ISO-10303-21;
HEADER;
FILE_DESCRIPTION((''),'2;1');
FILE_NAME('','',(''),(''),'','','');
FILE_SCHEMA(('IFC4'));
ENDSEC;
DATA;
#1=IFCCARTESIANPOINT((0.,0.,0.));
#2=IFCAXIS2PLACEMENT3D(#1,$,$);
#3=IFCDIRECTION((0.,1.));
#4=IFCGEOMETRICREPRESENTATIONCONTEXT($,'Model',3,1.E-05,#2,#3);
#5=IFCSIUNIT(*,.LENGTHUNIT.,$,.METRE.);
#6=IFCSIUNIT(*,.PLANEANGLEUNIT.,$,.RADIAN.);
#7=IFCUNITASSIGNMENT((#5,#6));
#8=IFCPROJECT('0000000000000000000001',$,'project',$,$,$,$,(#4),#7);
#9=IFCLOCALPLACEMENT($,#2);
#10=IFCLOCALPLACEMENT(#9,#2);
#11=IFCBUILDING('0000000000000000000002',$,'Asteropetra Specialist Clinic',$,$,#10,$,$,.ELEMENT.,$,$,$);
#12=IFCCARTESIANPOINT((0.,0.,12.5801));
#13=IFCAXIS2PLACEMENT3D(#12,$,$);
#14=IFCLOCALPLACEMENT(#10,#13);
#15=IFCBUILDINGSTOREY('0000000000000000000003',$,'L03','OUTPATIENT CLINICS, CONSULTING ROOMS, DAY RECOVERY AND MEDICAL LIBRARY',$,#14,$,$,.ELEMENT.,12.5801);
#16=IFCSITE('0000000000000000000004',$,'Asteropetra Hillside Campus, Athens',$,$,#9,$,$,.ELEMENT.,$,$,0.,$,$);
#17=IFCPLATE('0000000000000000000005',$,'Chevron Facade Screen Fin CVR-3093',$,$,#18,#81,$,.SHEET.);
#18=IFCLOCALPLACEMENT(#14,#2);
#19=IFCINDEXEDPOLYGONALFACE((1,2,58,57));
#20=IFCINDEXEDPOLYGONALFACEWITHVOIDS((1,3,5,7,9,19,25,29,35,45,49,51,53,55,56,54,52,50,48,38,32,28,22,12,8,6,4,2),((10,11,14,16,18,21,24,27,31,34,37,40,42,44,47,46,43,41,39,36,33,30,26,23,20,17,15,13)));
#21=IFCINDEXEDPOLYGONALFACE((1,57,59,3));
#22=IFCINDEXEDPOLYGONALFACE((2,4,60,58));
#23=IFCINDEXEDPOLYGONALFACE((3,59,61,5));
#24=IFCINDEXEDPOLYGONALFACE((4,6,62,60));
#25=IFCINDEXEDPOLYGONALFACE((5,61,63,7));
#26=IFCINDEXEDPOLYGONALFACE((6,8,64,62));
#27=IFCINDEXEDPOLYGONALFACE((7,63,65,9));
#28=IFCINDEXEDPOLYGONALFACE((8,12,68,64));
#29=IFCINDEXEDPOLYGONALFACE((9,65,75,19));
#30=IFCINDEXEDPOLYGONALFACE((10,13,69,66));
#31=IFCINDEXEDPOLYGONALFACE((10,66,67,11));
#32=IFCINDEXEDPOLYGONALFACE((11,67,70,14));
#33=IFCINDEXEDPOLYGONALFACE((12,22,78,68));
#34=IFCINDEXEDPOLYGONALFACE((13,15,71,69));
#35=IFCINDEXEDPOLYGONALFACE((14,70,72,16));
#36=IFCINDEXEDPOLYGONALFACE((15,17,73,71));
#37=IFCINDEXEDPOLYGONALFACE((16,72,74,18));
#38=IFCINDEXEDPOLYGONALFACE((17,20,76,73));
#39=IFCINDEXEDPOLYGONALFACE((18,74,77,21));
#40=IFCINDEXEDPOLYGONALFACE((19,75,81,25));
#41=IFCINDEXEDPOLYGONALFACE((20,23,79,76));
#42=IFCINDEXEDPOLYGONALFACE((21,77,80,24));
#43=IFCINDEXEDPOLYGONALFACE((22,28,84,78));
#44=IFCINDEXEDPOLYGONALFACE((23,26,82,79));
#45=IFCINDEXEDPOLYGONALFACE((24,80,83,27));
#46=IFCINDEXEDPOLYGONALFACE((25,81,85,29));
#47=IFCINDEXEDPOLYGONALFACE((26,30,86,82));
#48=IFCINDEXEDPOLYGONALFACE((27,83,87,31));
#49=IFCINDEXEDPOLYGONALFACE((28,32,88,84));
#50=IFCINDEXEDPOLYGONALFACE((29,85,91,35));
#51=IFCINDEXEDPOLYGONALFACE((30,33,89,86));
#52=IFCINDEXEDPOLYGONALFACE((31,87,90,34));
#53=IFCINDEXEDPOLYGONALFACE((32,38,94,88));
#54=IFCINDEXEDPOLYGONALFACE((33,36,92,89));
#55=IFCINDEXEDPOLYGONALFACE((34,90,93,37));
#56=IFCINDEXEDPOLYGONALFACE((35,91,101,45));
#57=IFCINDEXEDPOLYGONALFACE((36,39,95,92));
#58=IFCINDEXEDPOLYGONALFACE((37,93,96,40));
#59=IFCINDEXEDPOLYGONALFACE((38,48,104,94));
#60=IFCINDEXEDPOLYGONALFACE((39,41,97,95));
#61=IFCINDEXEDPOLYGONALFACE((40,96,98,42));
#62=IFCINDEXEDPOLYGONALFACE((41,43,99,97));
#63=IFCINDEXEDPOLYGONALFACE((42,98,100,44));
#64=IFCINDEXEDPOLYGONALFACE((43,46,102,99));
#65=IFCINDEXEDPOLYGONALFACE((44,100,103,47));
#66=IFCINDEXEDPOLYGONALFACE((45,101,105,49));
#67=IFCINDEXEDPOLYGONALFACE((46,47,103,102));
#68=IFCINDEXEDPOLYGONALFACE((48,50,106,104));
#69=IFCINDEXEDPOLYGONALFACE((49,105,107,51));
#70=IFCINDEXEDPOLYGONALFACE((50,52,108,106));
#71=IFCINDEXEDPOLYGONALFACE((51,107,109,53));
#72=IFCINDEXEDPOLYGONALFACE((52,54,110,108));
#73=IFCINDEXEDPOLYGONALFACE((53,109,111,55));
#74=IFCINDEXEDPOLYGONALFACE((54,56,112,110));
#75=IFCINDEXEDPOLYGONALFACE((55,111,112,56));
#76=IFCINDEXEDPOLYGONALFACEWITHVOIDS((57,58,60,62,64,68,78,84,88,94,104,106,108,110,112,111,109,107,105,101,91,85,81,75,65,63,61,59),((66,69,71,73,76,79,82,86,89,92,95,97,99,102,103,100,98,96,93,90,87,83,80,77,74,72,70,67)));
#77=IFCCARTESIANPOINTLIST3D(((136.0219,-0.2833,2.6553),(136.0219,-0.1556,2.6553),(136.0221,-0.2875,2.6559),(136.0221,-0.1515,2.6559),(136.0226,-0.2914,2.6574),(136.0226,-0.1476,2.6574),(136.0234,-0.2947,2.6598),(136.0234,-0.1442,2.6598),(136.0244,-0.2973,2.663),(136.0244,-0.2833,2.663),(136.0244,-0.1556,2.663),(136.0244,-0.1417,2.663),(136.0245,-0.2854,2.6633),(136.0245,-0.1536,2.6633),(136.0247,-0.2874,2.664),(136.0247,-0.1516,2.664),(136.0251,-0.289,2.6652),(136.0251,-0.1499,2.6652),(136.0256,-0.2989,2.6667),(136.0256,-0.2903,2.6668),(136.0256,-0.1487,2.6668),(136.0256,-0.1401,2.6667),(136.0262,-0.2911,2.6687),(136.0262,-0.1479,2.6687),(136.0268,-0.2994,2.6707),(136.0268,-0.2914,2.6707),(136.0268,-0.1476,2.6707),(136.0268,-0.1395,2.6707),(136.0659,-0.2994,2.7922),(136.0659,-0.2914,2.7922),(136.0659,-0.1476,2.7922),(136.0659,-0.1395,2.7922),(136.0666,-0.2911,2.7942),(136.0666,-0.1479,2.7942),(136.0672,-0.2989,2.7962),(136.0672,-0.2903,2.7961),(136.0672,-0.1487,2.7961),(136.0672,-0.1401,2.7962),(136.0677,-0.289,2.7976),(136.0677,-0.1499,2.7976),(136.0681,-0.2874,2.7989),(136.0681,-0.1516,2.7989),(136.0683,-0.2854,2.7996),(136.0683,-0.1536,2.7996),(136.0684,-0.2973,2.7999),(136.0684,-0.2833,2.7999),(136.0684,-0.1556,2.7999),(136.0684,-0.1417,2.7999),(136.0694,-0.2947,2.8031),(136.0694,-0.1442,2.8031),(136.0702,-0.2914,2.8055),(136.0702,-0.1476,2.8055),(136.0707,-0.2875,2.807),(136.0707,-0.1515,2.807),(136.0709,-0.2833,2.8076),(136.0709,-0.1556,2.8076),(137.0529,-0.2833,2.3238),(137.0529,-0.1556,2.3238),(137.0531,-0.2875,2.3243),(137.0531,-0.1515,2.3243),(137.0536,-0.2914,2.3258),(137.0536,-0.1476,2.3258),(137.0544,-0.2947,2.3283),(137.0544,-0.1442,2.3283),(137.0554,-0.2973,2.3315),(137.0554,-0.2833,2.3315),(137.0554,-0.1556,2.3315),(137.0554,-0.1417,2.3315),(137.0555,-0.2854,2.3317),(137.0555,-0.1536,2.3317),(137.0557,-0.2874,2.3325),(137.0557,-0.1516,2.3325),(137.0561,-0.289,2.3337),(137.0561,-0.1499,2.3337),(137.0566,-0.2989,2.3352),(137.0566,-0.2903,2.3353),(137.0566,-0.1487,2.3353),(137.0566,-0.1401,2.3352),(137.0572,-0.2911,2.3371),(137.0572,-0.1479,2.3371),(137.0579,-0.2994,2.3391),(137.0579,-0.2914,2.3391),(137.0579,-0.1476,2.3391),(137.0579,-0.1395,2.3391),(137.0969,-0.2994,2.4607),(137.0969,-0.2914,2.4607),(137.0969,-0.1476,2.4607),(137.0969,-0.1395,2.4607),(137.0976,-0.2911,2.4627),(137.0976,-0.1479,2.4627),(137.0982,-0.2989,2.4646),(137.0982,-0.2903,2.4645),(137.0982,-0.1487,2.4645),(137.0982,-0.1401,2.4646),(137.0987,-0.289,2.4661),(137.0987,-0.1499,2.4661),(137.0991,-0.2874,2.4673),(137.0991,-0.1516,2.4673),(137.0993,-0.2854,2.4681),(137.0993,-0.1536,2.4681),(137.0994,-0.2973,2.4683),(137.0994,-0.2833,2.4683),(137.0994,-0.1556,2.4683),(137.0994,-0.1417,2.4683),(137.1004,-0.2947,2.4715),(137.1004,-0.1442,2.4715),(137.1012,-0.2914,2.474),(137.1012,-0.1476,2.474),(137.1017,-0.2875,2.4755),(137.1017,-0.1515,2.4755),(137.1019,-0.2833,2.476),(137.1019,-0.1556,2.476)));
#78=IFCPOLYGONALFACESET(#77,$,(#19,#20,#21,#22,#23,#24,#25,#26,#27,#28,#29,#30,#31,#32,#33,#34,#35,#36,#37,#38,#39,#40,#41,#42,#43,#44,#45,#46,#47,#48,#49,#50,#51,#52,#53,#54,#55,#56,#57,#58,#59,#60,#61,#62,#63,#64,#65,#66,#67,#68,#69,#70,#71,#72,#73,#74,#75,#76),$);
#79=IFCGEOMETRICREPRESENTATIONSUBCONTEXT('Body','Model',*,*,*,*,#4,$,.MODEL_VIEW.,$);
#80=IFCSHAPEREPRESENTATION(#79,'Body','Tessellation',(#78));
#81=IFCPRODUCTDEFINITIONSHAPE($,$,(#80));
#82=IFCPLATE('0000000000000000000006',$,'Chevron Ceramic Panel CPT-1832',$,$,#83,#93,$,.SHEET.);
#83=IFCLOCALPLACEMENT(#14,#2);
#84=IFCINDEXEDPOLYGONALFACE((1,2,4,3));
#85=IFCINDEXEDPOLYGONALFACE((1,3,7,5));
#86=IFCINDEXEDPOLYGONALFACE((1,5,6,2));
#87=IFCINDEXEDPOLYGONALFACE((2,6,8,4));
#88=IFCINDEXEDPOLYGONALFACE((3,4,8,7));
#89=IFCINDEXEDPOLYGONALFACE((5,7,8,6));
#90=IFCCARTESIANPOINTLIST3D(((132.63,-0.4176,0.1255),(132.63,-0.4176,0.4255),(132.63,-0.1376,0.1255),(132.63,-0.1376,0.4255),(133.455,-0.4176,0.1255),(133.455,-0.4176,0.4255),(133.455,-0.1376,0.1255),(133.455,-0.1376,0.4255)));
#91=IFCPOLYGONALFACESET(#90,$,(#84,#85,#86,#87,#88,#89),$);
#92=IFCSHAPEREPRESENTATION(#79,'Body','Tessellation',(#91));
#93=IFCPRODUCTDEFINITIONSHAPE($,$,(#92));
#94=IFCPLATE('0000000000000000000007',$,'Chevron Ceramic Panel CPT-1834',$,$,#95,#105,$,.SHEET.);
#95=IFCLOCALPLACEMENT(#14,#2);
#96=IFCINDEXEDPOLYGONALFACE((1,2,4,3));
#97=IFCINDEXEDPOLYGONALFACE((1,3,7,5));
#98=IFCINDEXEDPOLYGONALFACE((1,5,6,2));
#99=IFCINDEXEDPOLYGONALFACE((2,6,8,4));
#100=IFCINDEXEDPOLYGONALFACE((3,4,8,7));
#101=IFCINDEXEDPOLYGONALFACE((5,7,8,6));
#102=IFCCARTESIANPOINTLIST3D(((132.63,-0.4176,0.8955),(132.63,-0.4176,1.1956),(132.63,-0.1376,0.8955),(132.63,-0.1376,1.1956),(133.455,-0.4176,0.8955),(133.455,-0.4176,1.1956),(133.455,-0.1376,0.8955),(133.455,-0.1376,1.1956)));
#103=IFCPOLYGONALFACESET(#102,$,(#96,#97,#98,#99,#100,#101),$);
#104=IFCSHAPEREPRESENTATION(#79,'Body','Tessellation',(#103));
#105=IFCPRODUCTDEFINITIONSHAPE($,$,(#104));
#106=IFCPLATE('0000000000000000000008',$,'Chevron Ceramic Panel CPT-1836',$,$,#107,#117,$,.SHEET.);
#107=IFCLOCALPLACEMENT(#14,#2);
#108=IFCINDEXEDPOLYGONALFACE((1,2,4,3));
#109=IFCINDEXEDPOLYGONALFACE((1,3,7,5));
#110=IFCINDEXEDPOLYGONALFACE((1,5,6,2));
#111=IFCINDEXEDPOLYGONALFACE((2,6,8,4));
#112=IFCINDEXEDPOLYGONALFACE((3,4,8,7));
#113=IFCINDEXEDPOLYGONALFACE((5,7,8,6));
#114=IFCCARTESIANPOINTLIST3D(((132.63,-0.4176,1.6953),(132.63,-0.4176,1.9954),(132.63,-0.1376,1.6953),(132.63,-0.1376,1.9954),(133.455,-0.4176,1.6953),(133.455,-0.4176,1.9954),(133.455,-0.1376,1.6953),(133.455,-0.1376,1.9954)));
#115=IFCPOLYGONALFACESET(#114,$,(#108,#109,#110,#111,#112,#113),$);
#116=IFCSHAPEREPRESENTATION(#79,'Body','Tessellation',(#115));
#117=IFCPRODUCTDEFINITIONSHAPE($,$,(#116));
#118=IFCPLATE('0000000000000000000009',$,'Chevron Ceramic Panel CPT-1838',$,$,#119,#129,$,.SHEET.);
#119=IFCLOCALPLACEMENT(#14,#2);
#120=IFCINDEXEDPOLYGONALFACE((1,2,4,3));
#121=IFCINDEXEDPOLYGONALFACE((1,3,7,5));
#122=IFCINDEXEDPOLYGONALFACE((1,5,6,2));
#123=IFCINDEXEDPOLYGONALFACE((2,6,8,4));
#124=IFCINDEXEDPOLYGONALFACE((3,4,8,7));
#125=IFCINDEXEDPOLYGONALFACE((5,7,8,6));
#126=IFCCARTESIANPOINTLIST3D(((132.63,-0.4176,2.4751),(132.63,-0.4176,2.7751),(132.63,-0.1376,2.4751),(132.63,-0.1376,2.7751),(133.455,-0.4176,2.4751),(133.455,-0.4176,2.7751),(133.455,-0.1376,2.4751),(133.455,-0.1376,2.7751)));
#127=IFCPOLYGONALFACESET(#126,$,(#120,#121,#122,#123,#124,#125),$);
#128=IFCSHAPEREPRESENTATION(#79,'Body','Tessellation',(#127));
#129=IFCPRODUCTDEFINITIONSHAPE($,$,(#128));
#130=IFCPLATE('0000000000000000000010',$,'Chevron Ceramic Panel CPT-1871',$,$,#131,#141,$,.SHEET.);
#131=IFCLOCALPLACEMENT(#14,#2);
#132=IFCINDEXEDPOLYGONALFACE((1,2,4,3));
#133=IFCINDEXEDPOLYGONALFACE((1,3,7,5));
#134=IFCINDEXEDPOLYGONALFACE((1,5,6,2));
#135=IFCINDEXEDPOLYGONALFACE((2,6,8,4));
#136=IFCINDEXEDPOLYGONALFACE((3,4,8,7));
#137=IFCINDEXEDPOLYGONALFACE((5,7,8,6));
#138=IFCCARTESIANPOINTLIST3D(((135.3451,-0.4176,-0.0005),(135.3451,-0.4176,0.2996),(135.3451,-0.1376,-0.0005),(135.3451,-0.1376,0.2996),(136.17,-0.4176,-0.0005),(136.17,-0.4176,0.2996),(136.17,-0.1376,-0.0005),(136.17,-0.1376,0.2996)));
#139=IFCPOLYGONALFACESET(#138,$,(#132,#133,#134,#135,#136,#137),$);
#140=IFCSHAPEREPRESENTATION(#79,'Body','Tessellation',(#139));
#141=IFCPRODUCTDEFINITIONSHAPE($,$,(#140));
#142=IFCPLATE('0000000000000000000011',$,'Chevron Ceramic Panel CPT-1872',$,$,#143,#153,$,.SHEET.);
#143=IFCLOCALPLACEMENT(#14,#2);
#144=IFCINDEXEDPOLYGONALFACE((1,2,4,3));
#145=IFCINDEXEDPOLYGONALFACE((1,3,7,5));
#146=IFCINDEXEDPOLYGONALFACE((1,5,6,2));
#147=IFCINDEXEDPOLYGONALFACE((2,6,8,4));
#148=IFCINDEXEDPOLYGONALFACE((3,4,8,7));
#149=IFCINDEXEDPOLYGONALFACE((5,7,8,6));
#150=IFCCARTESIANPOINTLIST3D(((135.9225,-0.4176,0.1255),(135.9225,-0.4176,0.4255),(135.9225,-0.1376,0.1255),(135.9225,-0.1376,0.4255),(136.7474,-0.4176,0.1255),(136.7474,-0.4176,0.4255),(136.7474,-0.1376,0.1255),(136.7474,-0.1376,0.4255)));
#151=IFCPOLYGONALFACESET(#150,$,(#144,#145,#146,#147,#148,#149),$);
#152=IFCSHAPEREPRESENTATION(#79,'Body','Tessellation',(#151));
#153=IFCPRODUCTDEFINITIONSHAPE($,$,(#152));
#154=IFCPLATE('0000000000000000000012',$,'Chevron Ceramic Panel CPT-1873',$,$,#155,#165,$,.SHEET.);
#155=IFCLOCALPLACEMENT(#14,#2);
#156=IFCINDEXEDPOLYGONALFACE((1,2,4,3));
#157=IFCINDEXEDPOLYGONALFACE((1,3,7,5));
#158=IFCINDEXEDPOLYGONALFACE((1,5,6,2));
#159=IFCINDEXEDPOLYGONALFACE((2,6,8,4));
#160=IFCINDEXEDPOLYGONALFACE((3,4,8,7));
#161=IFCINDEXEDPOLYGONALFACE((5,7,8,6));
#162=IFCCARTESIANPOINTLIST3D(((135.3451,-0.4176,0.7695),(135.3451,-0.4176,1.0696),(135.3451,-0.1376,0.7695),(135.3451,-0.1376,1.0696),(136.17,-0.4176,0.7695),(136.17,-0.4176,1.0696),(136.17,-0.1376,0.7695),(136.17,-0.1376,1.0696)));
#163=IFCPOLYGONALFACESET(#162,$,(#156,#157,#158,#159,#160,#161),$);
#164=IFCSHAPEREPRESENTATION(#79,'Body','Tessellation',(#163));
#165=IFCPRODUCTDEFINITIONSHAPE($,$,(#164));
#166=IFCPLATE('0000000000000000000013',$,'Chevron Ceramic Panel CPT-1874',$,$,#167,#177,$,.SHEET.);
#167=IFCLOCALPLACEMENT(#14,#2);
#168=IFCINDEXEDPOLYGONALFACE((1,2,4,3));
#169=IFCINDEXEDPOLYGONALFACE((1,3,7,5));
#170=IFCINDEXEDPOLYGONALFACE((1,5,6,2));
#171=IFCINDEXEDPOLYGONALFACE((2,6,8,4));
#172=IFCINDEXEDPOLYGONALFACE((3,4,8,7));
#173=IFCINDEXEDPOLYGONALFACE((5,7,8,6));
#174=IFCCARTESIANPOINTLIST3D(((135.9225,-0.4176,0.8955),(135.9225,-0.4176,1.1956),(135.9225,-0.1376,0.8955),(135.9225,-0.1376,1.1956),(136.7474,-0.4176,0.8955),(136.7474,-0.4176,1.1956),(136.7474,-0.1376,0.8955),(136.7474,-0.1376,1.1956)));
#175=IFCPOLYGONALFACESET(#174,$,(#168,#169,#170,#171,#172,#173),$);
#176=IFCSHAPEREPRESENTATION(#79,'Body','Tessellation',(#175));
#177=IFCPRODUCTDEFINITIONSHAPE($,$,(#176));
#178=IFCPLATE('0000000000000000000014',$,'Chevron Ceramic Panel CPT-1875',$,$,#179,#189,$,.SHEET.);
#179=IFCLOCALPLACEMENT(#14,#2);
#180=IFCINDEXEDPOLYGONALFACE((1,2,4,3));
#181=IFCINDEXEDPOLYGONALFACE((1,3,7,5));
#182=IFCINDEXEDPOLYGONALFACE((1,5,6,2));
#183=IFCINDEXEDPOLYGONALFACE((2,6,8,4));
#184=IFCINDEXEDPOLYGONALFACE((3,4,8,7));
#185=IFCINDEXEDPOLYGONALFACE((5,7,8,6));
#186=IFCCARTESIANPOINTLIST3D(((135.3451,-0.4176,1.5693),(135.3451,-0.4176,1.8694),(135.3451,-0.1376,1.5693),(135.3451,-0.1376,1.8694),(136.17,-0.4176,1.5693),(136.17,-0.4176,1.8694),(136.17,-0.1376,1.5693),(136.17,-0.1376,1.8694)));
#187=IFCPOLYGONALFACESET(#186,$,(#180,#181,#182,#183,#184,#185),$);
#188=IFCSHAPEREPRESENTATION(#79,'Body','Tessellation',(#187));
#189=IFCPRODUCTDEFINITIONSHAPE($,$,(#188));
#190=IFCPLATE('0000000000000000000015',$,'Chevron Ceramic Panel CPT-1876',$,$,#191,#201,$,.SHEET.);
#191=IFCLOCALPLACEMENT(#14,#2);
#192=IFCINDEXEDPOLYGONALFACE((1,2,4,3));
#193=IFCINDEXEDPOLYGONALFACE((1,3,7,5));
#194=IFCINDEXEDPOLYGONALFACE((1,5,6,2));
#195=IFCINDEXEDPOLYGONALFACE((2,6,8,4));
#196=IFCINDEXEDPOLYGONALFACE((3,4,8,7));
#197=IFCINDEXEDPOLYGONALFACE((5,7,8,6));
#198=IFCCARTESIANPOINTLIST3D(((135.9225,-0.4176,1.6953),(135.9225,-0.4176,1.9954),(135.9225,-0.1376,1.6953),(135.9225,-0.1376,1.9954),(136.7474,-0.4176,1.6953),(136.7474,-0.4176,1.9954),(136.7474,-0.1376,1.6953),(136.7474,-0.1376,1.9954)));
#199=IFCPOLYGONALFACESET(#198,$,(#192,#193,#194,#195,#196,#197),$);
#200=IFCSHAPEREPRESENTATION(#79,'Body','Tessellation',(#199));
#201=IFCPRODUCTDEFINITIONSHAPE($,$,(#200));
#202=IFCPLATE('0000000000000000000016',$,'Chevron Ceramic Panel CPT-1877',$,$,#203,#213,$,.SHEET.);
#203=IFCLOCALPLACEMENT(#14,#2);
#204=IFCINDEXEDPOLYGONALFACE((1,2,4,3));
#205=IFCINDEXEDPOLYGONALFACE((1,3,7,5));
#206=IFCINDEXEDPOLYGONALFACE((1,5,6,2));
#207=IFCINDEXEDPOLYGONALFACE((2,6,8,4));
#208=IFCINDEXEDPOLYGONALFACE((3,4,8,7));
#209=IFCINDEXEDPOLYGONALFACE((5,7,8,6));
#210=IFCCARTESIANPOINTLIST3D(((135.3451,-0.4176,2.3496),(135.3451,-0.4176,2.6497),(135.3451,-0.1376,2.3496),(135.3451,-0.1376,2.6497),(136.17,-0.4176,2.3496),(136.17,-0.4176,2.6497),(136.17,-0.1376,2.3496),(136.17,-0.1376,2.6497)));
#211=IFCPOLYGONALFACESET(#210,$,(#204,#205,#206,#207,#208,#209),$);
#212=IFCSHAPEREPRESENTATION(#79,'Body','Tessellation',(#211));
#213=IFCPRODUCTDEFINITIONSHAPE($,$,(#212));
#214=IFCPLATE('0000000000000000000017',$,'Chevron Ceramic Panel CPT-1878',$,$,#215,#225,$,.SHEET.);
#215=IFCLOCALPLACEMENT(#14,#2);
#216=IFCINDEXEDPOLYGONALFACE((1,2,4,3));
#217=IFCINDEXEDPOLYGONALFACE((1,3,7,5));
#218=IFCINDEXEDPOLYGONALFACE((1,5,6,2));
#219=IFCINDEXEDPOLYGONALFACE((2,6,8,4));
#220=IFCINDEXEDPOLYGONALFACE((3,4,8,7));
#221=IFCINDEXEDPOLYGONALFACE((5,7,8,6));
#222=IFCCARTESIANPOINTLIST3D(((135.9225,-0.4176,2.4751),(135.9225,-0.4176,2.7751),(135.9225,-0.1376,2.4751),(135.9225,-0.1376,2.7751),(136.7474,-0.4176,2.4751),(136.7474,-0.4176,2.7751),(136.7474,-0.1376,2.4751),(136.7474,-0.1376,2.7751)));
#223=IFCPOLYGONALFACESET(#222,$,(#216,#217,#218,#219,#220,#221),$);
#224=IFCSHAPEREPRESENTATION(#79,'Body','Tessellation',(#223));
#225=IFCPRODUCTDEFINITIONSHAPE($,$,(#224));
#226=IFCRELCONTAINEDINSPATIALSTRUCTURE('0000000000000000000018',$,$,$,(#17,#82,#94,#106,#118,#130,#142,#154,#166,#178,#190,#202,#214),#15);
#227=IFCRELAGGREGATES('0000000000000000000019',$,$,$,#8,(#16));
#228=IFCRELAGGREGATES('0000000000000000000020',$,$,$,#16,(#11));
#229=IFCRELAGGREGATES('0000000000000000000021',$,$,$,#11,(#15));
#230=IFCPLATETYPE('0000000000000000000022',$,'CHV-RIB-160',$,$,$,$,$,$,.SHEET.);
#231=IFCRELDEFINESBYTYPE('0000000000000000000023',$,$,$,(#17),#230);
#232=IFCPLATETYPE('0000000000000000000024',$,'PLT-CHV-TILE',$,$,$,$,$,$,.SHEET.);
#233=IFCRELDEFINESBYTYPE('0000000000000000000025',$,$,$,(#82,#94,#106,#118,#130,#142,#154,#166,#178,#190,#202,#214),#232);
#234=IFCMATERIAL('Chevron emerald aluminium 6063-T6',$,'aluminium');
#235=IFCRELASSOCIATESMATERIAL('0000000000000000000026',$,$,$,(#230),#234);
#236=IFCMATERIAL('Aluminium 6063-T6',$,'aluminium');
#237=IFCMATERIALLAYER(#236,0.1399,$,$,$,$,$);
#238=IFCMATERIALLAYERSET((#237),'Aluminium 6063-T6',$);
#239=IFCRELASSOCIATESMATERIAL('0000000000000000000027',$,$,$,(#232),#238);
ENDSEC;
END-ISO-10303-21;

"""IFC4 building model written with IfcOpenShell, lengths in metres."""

from ifc_helpers import new_model, si_unit, direction, frame, origin, origin_2d, place, context, subcontext, project, spatial, rectangle, hollow_rectangle, extrude, material, layer, layer_set, material_profile, profile_set, type_object, element, save


model = new_model("IFC4")

# Units and contexts
model_context = context("Model", 3, precision=1e-05, world=origin(), true_north=direction((0.0, 1.0)))
body_context = subcontext(model_context, "Body", "Model", "MODEL_VIEW")
ifc_project = project(units=[si_unit("LENGTHUNIT", "METRE"), si_unit("PLANEANGLEUNIT", "RADIAN")], contexts=[model_context])

# Site, building, storey
site_placement = place(None, origin())
site = spatial("IfcSite", under=ifc_project, at=site_placement, Name="Asteropetra Hillside Campus, Athens", CompositionType="ELEMENT", RefElevation=0.0)
building_placement = place(site_placement, origin())
building = spatial("IfcBuilding", under=site, at=building_placement, Name="Asteropetra Specialist Clinic", CompositionType="ELEMENT")
storey_placement = place(building_placement, frame((0.0, 0.0, 12.5801)))
storey = spatial("IfcBuildingStorey", under=building, at=storey_placement, Name="L03", Description="OUTPATIENT CLINICS, CONSULTING ROOMS, DAY RECOVERY AND MEDICAL LIBRARY", CompositionType="ELEMENT", Elevation=12.5801)

# Plates
ifc_material_1 = material(Name="Chevron emerald aluminium 6063-T6", Category="aluminium")
ifc_material_profile_1 = material_profile(ifc_material_1, hollow_rectangle(XDim=0.1599, YDim=0.1599, WallThickness=0.0081, InnerFilletRadius=0.0081, OuterFilletRadius=0.0161, at=origin_2d()), Name="SHS 160x160x8.0")
ifc_profile_set_1 = profile_set([ifc_material_profile_1], Name="Chevron emerald aluminium 6063-T6")
plate_type_1 = type_object("IfcPlateType", Name="CHV-RIB-160", PredefinedType="SHEET", material=ifc_profile_set_1)
plate_1_placement = place(storey_placement, frame((136.0464, -0.2195, 2.7314), z_axis=(0.951989, 0.0, -0.306133), x_axis=(0.0, 1.0, 0.0)))
element("IfcPlate", 1, at=plate_1_placement, inside=storey, type_object=plate_type_1, Name="Chevron Facade Screen Fin CVR-3093", PredefinedType="SHEET", context=body_context, shape_type="SweptSolid", body=[
    extrude(hollow_rectangle(XDim=0.1599, YDim=0.1599, WallThickness=0.0081, InnerFilletRadius=0.0081, OuterFilletRadius=0.0161, at=origin_2d()), origin(), (0.0, 0.0, 1.0), 1.083),
])
ifc_material_2 = material(Name="Aluminium 6063-T6", Category="aluminium")
ifc_layer_1 = layer(ifc_material_2, 0.1399)
ifc_layer_set_1 = layer_set([ifc_layer_1], Name="Aluminium 6063-T6")
plate_type_2 = type_object("IfcPlateType", Name="PLT-CHV-TILE", PredefinedType="SHEET", material=ifc_layer_set_1)
for number, where, z_axis, x_axis, name in (
    (2, (133.0425, -0.2776, 0.1255), (0.0, 0.0, 1.0), (1.0, 0.0, 0.0), "Chevron Ceramic Panel CPT-1832"),
    (3, (133.0425, -0.2776, 0.8955), (0.0, 0.0, 1.0), (1.0, 0.0, 0.0), "Chevron Ceramic Panel CPT-1834"),
    (4, (133.0425, -0.2776, 1.6953), (0.0, 0.0, 1.0), (1.0, 0.0, 0.0), "Chevron Ceramic Panel CPT-1836"),
    (5, (133.0425, -0.2776, 2.4751), (0.0, 0.0, 1.0), (1.0, 0.0, 0.0), "Chevron Ceramic Panel CPT-1838"),
    (6, (135.7576, -0.2776, -0.0005), (0.0, 0.0, 1.0), (1.0, 0.0, 0.0), "Chevron Ceramic Panel CPT-1871"),
    (7, (136.335, -0.2776, 0.1255), (0.0, 0.0, 1.0), (1.0, 0.0, 0.0), "Chevron Ceramic Panel CPT-1872"),
    (8, (135.7576, -0.2776, 0.7695), (0.0, 0.0, 1.0), (1.0, 0.0, 0.0), "Chevron Ceramic Panel CPT-1873"),
    (9, (136.335, -0.2776, 0.8955), (0.0, 0.0, 1.0), (1.0, 0.0, 0.0), "Chevron Ceramic Panel CPT-1874"),
    (10, (135.7576, -0.2776, 1.5693), (0.0, 0.0, 1.0), (1.0, 0.0, 0.0), "Chevron Ceramic Panel CPT-1875"),
    (11, (136.335, -0.2776, 1.6953), (0.0, 0.0, 1.0), (1.0, 0.0, 0.0), "Chevron Ceramic Panel CPT-1876"),
    (12, (135.7576, -0.2776, 2.3496), (0.0, 0.0, 1.0), (1.0, 0.0, 0.0), "Chevron Ceramic Panel CPT-1877"),
    (13, (136.335, -0.2776, 2.4751), (0.0, 0.0, 1.0), (1.0, 0.0, 0.0), "Chevron Ceramic Panel CPT-1878"),
):
    element("IfcPlate", number, at=place(storey_placement, frame(where, z_axis=z_axis, x_axis=x_axis)), inside=storey, type_object=plate_type_2, Name=name, PredefinedType="SHEET", context=body_context, shape_type="SweptSolid", body=[
        extrude(rectangle(XDim=0.825, YDim=0.28, at=origin_2d()), origin(), (0.0, 0.0, 1.0), 0.3),
    ])

save(model, "model.ifc")
